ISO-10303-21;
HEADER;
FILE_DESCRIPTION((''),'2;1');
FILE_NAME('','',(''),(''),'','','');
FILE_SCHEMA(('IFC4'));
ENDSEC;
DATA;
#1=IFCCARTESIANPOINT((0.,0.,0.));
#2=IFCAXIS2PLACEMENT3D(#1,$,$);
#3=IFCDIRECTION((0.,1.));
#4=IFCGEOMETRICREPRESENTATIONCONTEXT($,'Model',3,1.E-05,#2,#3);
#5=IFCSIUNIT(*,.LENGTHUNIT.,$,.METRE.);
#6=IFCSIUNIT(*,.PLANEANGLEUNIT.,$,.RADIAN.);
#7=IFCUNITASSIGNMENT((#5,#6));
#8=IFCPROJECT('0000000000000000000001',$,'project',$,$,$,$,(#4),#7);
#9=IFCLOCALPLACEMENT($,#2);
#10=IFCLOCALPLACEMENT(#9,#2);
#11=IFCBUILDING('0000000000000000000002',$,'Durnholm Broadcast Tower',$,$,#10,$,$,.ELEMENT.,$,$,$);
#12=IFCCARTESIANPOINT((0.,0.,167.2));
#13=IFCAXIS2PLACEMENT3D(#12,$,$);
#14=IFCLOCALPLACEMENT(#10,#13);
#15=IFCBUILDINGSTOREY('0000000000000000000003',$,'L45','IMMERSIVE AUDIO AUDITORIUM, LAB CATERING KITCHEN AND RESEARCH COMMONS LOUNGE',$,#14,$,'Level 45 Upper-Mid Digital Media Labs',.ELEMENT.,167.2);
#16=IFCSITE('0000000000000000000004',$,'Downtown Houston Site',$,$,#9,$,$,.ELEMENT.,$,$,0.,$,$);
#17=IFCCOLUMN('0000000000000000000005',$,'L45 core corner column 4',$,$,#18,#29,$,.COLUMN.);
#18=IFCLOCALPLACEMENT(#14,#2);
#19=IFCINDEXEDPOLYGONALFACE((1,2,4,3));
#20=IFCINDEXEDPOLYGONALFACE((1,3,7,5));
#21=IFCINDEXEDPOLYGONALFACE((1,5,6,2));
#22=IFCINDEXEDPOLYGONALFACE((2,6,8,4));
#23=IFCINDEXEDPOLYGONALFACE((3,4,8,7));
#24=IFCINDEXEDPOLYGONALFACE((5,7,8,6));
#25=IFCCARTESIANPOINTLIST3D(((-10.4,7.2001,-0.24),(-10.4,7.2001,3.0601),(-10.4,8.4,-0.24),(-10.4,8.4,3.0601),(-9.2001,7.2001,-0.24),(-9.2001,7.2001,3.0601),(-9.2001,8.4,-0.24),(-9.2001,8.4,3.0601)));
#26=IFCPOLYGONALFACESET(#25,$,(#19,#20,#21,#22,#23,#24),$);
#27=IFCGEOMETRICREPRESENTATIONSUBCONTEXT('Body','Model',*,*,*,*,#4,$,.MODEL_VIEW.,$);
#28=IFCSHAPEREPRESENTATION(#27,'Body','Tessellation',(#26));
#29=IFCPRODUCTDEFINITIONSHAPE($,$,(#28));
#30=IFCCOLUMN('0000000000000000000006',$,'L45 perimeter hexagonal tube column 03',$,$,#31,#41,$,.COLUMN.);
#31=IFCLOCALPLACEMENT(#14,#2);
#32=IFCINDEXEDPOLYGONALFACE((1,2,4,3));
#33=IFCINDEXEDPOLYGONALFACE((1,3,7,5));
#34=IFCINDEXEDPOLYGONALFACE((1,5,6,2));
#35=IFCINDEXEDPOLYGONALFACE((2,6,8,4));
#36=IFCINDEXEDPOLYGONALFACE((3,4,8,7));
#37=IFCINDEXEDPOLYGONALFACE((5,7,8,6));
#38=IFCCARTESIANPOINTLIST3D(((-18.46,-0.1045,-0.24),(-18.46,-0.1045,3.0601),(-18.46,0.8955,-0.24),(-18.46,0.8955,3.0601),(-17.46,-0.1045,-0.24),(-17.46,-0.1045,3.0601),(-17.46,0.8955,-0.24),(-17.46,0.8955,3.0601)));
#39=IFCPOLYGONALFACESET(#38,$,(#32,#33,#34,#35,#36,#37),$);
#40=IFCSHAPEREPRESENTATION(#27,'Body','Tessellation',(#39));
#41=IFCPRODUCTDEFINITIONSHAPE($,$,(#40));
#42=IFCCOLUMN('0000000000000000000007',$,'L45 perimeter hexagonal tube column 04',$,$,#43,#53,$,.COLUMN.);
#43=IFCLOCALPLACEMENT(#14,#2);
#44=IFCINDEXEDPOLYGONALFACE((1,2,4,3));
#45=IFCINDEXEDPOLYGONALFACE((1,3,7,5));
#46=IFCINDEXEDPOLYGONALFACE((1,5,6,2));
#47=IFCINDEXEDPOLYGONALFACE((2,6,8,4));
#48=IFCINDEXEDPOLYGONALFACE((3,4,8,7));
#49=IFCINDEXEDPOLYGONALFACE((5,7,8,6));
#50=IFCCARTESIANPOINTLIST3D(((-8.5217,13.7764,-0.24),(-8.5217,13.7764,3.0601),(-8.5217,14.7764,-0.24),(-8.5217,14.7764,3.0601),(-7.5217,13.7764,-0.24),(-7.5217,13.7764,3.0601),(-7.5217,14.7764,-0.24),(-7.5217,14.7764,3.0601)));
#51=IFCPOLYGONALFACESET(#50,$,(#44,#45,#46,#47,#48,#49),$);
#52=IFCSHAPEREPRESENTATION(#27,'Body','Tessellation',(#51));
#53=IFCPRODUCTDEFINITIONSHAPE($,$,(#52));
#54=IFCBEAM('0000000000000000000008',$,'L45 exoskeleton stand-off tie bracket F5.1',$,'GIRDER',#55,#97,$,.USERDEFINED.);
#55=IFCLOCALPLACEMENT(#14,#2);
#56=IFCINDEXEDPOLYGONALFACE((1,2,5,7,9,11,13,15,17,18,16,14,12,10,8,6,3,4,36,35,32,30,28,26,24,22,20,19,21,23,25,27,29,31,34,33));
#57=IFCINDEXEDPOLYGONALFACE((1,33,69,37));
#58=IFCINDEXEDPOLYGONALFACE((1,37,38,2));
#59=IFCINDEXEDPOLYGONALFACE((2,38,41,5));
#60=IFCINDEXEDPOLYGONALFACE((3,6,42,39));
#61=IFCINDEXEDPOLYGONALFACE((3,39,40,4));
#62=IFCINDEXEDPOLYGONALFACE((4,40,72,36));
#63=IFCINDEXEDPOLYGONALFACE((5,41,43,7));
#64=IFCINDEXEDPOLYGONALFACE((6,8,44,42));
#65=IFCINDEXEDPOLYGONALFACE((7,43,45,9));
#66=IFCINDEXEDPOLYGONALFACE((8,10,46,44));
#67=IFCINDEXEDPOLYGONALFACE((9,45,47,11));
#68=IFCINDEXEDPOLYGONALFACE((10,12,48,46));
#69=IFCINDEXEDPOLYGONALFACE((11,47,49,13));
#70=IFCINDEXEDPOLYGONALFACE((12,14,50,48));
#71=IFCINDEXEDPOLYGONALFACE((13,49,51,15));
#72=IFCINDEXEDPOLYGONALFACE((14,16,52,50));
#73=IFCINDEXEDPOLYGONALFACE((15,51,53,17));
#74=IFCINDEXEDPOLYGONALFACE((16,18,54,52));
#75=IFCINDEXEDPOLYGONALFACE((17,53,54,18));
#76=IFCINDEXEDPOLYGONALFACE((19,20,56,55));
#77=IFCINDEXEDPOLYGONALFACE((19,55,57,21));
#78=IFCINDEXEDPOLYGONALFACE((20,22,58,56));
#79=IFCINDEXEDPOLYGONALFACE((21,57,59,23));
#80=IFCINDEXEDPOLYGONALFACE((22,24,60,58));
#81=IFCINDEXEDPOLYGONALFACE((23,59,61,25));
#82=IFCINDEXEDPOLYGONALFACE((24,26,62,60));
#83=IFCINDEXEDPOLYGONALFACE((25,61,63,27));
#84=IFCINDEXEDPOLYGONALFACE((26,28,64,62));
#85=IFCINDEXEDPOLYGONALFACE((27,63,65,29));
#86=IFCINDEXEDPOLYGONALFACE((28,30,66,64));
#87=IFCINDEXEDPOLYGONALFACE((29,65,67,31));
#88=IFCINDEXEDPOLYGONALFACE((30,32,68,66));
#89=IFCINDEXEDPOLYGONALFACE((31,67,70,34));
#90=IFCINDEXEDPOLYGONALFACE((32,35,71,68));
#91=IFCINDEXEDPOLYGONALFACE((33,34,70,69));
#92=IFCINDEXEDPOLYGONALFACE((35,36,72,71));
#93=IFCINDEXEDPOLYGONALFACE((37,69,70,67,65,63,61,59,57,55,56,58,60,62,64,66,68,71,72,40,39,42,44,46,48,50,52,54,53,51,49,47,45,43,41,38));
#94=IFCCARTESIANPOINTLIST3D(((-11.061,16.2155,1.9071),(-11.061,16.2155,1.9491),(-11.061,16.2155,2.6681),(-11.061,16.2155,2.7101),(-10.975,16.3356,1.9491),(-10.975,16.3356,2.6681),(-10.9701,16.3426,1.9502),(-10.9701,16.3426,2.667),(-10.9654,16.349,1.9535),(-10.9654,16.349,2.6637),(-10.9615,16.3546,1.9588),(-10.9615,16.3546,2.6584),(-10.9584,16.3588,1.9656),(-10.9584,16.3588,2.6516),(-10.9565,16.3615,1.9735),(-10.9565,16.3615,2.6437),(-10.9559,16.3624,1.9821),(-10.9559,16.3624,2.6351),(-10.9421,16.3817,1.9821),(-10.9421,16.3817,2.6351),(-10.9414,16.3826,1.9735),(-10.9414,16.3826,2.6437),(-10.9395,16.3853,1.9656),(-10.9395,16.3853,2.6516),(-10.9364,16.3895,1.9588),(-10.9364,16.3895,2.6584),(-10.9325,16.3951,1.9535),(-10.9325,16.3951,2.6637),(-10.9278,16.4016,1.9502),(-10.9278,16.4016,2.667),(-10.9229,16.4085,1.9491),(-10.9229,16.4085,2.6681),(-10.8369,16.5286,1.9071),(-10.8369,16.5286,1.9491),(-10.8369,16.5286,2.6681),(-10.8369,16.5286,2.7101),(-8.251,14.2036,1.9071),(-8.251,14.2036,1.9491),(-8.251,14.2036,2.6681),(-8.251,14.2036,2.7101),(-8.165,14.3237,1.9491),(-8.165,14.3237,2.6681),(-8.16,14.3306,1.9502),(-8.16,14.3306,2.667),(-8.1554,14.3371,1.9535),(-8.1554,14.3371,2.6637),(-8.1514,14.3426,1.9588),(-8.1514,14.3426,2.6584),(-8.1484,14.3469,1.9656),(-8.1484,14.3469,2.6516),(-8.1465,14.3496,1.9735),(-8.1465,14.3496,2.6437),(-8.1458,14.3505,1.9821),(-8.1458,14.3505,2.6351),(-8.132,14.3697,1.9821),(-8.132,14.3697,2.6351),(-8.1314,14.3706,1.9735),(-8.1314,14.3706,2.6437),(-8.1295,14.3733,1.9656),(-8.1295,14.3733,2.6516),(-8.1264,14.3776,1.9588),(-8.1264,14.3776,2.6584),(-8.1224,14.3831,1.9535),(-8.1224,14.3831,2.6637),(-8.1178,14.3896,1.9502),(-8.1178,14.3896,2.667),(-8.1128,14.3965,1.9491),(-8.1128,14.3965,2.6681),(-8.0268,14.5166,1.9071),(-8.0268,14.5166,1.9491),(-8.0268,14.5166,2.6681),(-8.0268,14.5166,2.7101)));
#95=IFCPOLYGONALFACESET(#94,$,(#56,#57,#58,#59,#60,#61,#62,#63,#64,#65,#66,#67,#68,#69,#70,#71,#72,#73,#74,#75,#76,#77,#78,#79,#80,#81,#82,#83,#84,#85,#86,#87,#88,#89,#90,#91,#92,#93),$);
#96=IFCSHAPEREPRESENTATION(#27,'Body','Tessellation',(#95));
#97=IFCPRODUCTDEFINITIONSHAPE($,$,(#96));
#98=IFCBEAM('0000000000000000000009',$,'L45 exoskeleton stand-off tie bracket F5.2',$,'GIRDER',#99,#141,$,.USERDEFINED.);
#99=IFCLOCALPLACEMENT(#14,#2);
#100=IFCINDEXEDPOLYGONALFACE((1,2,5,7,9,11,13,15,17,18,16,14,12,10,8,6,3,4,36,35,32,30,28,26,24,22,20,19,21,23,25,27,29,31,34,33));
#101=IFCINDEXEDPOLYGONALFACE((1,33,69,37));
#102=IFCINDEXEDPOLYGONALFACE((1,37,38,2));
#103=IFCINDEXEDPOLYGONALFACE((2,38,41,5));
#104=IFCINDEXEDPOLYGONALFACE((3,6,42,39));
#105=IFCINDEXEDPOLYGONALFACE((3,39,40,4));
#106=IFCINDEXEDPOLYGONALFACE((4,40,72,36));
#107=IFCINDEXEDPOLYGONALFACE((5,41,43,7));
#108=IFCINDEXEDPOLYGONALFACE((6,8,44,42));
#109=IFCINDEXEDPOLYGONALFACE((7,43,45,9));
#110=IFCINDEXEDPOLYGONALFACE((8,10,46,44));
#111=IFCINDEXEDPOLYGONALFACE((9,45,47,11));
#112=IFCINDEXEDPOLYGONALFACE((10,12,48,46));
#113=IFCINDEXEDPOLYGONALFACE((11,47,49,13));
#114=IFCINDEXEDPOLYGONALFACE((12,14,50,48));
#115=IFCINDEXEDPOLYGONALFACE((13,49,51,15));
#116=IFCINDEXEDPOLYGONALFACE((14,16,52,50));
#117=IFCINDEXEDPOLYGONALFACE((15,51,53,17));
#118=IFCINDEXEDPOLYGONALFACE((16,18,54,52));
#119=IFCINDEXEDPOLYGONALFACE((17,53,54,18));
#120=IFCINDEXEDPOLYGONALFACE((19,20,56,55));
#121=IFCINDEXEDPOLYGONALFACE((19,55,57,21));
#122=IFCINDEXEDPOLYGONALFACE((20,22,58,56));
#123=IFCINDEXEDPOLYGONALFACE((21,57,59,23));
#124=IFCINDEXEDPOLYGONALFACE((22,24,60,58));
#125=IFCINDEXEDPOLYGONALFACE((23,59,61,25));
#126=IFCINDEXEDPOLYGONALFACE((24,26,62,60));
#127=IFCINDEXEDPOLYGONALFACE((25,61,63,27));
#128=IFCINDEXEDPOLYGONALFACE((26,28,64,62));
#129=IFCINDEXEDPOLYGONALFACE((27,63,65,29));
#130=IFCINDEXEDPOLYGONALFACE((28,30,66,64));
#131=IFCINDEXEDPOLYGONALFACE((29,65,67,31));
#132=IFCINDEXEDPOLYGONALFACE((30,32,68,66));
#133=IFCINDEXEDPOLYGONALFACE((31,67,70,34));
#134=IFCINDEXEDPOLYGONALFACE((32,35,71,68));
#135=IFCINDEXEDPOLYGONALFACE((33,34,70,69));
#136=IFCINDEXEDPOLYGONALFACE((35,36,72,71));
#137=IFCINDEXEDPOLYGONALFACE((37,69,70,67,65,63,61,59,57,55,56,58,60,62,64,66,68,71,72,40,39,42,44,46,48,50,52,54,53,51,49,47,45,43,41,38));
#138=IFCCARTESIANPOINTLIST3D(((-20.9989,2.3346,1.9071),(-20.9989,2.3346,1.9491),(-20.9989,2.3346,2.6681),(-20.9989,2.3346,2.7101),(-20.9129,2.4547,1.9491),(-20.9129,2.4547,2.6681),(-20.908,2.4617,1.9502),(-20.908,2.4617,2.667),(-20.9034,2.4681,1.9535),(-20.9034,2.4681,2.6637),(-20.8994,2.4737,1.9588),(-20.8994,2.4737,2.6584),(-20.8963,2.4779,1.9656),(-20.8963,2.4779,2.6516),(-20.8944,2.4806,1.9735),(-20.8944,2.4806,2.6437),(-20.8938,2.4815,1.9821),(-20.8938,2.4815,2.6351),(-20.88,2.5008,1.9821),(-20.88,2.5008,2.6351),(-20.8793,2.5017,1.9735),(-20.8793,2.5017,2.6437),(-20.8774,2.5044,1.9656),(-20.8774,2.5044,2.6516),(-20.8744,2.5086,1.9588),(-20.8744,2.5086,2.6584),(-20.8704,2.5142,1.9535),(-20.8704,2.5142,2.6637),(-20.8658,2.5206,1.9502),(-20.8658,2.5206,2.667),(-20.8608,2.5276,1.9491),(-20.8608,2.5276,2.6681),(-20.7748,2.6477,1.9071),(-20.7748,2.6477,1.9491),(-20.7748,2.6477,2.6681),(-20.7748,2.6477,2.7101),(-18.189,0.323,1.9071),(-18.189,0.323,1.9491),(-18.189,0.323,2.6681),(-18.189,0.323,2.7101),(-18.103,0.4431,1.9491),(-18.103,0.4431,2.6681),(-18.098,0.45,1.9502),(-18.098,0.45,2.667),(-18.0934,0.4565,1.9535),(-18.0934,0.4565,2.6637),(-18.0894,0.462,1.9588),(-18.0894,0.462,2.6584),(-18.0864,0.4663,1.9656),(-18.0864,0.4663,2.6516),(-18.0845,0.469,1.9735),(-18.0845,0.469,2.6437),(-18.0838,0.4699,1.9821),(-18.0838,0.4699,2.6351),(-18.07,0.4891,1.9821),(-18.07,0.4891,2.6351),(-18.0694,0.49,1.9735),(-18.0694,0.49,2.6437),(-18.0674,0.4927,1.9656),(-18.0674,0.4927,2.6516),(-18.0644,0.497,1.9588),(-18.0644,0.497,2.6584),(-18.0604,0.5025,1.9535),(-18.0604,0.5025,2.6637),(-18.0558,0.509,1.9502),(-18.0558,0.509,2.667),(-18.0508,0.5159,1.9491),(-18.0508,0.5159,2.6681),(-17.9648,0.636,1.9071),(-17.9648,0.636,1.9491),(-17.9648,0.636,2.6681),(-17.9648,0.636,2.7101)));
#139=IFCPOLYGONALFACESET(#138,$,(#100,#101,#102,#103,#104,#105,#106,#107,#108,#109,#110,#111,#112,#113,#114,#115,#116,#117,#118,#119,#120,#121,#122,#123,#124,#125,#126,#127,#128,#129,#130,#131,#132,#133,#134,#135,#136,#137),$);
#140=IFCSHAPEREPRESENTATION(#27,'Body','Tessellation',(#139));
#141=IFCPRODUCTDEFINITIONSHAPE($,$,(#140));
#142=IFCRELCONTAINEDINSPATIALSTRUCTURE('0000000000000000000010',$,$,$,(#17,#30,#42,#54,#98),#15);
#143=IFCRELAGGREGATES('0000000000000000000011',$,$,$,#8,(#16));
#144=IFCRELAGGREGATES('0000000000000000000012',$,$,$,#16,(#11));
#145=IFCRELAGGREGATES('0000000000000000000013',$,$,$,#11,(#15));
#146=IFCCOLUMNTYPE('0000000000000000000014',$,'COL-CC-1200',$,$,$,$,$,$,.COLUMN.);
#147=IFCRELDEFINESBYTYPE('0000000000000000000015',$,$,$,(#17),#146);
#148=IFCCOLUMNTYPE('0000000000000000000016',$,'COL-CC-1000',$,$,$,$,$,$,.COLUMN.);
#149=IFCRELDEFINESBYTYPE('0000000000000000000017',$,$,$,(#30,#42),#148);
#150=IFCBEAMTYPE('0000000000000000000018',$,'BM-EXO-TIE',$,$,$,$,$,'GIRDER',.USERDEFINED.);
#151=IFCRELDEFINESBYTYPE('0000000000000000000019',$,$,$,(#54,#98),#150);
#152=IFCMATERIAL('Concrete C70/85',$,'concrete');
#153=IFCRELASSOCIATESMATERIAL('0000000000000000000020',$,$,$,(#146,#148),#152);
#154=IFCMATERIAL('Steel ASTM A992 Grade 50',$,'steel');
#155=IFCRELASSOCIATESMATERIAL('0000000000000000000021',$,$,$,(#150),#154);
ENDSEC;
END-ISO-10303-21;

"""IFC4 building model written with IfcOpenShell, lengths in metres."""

from ifc_helpers import new_model, si_unit, direction, frame, origin, origin_2d, place, context, subcontext, project, spatial, rectangle, i_section, extrude, source, transform, mapped, material, material_profile, profile_set, type_object, type_shapes, element, save


model = new_model("IFC4")

# Units and contexts
model_context = context("Model", 3, precision=1e-05, world=origin(), true_north=direction((0.0, 1.0)))
body_context = subcontext(model_context, "Body", "Model", "MODEL_VIEW")
ifc_project = project(units=[si_unit("LENGTHUNIT", "METRE"), si_unit("PLANEANGLEUNIT", "RADIAN")], contexts=[model_context])

# Site, building, storey
site_placement = place(None, origin())
site = spatial("IfcSite", under=ifc_project, at=site_placement, Name="Downtown Houston Site", CompositionType="ELEMENT", RefElevation=0.0)
building_placement = place(site_placement, origin())
building = spatial("IfcBuilding", under=site, at=building_placement, Name="Durnholm Broadcast Tower", CompositionType="ELEMENT")
storey_placement = place(building_placement, frame((0.0, 0.0, 167.2)))
storey = spatial("IfcBuildingStorey", under=building, at=storey_placement, Name="L45", Description="IMMERSIVE AUDIO AUDITORIUM, LAB CATERING KITCHEN AND RESEARCH COMMONS LOUNGE", LongName="Level 45 Upper-Mid Digital Media Labs", CompositionType="ELEMENT", Elevation=167.2)

# Columns
ifc_material_1 = material(Name="Concrete C70/85", Category="concrete")
ifc_material_profile_1 = material_profile(ifc_material_1, rectangle(XDim=1.2, YDim=1.2, at=origin_2d()), Name="RC1200X1200")
ifc_profile_set_1 = profile_set([ifc_material_profile_1], Name="Concrete C70/85")
column_type_1 = type_object("IfcColumnType", Name="COL-CC-1200", PredefinedType="COLUMN", material=ifc_profile_set_1)
shared_shape_1 = source(origin(), body_context, "Body", "SweptSolid", [
    extrude(rectangle(XDim=1.2, YDim=1.2, at=origin_2d()), origin(), (0.0, 0.0, 1.0), 3.3),
])
type_shapes(column_type_1, [shared_shape_1])
column_placement = place(storey_placement, frame((-9.8, 7.8, -0.24), z_axis=(0.0, 0.0, 1.0), x_axis=(1.0, 0.0, 0.0)))
element("IfcColumn", 1, at=column_placement, inside=storey, type_object=column_type_1, Name="L45 core corner column 4", PredefinedType="COLUMN", context=body_context, shape_type="MappedRepresentation", body=[
    mapped(shared_shape_1, transform((0.0, 0.0, 0.0), x_axis=(1.0, 0.0, 0.0), y_axis=(0.0, 1.0, 0.0), z_axis=(0.0, 0.0, 1.0), scale=1.0)),
])
ifc_material_profile_2 = material_profile(ifc_material_1, rectangle(XDim=1.0, YDim=1.0, at=origin_2d()), Name="RC1000X1000")
ifc_profile_set_2 = profile_set([ifc_material_profile_2], Name="Concrete C70/85")
column_type_2 = type_object("IfcColumnType", Name="COL-CC-1000", PredefinedType="COLUMN", material=ifc_profile_set_2)
shared_shape_2 = source(origin(), body_context, "Body", "SweptSolid", [
    extrude(rectangle(XDim=1.0, YDim=1.0, at=origin_2d()), origin(), (0.0, 0.0, 1.0), 3.3),
])
type_shapes(column_type_2, [shared_shape_2])
for number, where, z_axis, x_axis, name in (
    (2, (-17.96, 0.3955, -0.24), (0.0, 0.0, 1.0), (1.0, 0.0, 0.0), "L45 perimeter hexagonal tube column 03"),
    (3, (-8.0217, 14.2764, -0.24), (0.0, 0.0, 1.0), (1.0, 0.0, 0.0), "L45 perimeter hexagonal tube column 04"),
):
    element("IfcColumn", number, at=place(storey_placement, frame(where, z_axis=z_axis, x_axis=x_axis)), inside=storey, type_object=column_type_2, Name=name, PredefinedType="COLUMN", context=body_context, shape_type="MappedRepresentation", body=[
        mapped(shared_shape_2, transform((0.0, 0.0, 0.0), x_axis=(1.0, 0.0, 0.0), y_axis=(0.0, 1.0, 0.0), z_axis=(0.0, 0.0, 1.0), scale=1.0)),
    ])

# Beams
ifc_material_2 = material(Name="Steel ASTM A992 Grade 50", Category="steel")
ifc_material_profile_3 = material_profile(ifc_material_2, i_section(OverallWidth=0.385, OverallDepth=0.803, WebThickness=0.0237, FlangeThickness=0.042, FilletRadius=0.033, at=origin_2d()), Name="W30X261")
ifc_profile_set_3 = profile_set([ifc_material_profile_3], Name="Steel ASTM A992 Grade 50")
beam_type_1 = type_object("IfcBeamType", Name="BM-EXO-TIE", ElementType="GIRDER", PredefinedType="USERDEFINED", material=ifc_profile_set_3)
shared_shape_3 = source(origin(), body_context, "Body", "SweptSolid", [
    extrude(i_section(OverallWidth=0.385, OverallDepth=0.803, WebThickness=0.0237, FlangeThickness=0.042, FilletRadius=0.033, at=origin_2d()), origin(), (0.0, 0.0, 1.0), 3.4561),
])
beam_1_placement = place(storey_placement, frame((-8.1389, 14.3601, 2.3086), z_axis=(-0.813079, 0.582153, 0.0), x_axis=(-0.582153, -0.813079, 0.0)))
element("IfcBeam", 4, at=beam_1_placement, inside=storey, type_object=beam_type_1, Name="L45 exoskeleton stand-off tie bracket F5.1", ObjectType="GIRDER", PredefinedType="USERDEFINED", context=body_context, shape_type="MappedRepresentation", body=[
    mapped(shared_shape_3, transform((0.0, 0.0, 0.0), x_axis=(1.0, 0.0, 0.0), y_axis=(0.0, 1.0, 0.0), z_axis=(0.0, 0.0, 1.0), scale=1.0)),
])
shared_shape_4 = source(origin(), body_context, "Body", "SweptSolid", [
    extrude(i_section(OverallWidth=0.385, OverallDepth=0.803, WebThickness=0.0237, FlangeThickness=0.042, FilletRadius=0.033, at=origin_2d()), origin(), (0.0, 0.0, 1.0), 3.4558),
])
beam_2_placement = place(storey_placement, frame((-18.0769, 0.4795, 2.3086), z_axis=(-0.813112, 0.582107, 0.0), x_axis=(-0.582107, -0.813112, 0.0)))
element("IfcBeam", 5, at=beam_2_placement, inside=storey, type_object=beam_type_1, Name="L45 exoskeleton stand-off tie bracket F5.2", ObjectType="GIRDER", PredefinedType="USERDEFINED", context=body_context, shape_type="MappedRepresentation", body=[
    mapped(shared_shape_4, transform((0.0, 0.0, 0.0), x_axis=(1.0, 0.0, 0.0), y_axis=(0.0, 1.0, 0.0), z_axis=(0.0, 0.0, 1.0), scale=1.0)),
])

save(model, "model.ifc")
